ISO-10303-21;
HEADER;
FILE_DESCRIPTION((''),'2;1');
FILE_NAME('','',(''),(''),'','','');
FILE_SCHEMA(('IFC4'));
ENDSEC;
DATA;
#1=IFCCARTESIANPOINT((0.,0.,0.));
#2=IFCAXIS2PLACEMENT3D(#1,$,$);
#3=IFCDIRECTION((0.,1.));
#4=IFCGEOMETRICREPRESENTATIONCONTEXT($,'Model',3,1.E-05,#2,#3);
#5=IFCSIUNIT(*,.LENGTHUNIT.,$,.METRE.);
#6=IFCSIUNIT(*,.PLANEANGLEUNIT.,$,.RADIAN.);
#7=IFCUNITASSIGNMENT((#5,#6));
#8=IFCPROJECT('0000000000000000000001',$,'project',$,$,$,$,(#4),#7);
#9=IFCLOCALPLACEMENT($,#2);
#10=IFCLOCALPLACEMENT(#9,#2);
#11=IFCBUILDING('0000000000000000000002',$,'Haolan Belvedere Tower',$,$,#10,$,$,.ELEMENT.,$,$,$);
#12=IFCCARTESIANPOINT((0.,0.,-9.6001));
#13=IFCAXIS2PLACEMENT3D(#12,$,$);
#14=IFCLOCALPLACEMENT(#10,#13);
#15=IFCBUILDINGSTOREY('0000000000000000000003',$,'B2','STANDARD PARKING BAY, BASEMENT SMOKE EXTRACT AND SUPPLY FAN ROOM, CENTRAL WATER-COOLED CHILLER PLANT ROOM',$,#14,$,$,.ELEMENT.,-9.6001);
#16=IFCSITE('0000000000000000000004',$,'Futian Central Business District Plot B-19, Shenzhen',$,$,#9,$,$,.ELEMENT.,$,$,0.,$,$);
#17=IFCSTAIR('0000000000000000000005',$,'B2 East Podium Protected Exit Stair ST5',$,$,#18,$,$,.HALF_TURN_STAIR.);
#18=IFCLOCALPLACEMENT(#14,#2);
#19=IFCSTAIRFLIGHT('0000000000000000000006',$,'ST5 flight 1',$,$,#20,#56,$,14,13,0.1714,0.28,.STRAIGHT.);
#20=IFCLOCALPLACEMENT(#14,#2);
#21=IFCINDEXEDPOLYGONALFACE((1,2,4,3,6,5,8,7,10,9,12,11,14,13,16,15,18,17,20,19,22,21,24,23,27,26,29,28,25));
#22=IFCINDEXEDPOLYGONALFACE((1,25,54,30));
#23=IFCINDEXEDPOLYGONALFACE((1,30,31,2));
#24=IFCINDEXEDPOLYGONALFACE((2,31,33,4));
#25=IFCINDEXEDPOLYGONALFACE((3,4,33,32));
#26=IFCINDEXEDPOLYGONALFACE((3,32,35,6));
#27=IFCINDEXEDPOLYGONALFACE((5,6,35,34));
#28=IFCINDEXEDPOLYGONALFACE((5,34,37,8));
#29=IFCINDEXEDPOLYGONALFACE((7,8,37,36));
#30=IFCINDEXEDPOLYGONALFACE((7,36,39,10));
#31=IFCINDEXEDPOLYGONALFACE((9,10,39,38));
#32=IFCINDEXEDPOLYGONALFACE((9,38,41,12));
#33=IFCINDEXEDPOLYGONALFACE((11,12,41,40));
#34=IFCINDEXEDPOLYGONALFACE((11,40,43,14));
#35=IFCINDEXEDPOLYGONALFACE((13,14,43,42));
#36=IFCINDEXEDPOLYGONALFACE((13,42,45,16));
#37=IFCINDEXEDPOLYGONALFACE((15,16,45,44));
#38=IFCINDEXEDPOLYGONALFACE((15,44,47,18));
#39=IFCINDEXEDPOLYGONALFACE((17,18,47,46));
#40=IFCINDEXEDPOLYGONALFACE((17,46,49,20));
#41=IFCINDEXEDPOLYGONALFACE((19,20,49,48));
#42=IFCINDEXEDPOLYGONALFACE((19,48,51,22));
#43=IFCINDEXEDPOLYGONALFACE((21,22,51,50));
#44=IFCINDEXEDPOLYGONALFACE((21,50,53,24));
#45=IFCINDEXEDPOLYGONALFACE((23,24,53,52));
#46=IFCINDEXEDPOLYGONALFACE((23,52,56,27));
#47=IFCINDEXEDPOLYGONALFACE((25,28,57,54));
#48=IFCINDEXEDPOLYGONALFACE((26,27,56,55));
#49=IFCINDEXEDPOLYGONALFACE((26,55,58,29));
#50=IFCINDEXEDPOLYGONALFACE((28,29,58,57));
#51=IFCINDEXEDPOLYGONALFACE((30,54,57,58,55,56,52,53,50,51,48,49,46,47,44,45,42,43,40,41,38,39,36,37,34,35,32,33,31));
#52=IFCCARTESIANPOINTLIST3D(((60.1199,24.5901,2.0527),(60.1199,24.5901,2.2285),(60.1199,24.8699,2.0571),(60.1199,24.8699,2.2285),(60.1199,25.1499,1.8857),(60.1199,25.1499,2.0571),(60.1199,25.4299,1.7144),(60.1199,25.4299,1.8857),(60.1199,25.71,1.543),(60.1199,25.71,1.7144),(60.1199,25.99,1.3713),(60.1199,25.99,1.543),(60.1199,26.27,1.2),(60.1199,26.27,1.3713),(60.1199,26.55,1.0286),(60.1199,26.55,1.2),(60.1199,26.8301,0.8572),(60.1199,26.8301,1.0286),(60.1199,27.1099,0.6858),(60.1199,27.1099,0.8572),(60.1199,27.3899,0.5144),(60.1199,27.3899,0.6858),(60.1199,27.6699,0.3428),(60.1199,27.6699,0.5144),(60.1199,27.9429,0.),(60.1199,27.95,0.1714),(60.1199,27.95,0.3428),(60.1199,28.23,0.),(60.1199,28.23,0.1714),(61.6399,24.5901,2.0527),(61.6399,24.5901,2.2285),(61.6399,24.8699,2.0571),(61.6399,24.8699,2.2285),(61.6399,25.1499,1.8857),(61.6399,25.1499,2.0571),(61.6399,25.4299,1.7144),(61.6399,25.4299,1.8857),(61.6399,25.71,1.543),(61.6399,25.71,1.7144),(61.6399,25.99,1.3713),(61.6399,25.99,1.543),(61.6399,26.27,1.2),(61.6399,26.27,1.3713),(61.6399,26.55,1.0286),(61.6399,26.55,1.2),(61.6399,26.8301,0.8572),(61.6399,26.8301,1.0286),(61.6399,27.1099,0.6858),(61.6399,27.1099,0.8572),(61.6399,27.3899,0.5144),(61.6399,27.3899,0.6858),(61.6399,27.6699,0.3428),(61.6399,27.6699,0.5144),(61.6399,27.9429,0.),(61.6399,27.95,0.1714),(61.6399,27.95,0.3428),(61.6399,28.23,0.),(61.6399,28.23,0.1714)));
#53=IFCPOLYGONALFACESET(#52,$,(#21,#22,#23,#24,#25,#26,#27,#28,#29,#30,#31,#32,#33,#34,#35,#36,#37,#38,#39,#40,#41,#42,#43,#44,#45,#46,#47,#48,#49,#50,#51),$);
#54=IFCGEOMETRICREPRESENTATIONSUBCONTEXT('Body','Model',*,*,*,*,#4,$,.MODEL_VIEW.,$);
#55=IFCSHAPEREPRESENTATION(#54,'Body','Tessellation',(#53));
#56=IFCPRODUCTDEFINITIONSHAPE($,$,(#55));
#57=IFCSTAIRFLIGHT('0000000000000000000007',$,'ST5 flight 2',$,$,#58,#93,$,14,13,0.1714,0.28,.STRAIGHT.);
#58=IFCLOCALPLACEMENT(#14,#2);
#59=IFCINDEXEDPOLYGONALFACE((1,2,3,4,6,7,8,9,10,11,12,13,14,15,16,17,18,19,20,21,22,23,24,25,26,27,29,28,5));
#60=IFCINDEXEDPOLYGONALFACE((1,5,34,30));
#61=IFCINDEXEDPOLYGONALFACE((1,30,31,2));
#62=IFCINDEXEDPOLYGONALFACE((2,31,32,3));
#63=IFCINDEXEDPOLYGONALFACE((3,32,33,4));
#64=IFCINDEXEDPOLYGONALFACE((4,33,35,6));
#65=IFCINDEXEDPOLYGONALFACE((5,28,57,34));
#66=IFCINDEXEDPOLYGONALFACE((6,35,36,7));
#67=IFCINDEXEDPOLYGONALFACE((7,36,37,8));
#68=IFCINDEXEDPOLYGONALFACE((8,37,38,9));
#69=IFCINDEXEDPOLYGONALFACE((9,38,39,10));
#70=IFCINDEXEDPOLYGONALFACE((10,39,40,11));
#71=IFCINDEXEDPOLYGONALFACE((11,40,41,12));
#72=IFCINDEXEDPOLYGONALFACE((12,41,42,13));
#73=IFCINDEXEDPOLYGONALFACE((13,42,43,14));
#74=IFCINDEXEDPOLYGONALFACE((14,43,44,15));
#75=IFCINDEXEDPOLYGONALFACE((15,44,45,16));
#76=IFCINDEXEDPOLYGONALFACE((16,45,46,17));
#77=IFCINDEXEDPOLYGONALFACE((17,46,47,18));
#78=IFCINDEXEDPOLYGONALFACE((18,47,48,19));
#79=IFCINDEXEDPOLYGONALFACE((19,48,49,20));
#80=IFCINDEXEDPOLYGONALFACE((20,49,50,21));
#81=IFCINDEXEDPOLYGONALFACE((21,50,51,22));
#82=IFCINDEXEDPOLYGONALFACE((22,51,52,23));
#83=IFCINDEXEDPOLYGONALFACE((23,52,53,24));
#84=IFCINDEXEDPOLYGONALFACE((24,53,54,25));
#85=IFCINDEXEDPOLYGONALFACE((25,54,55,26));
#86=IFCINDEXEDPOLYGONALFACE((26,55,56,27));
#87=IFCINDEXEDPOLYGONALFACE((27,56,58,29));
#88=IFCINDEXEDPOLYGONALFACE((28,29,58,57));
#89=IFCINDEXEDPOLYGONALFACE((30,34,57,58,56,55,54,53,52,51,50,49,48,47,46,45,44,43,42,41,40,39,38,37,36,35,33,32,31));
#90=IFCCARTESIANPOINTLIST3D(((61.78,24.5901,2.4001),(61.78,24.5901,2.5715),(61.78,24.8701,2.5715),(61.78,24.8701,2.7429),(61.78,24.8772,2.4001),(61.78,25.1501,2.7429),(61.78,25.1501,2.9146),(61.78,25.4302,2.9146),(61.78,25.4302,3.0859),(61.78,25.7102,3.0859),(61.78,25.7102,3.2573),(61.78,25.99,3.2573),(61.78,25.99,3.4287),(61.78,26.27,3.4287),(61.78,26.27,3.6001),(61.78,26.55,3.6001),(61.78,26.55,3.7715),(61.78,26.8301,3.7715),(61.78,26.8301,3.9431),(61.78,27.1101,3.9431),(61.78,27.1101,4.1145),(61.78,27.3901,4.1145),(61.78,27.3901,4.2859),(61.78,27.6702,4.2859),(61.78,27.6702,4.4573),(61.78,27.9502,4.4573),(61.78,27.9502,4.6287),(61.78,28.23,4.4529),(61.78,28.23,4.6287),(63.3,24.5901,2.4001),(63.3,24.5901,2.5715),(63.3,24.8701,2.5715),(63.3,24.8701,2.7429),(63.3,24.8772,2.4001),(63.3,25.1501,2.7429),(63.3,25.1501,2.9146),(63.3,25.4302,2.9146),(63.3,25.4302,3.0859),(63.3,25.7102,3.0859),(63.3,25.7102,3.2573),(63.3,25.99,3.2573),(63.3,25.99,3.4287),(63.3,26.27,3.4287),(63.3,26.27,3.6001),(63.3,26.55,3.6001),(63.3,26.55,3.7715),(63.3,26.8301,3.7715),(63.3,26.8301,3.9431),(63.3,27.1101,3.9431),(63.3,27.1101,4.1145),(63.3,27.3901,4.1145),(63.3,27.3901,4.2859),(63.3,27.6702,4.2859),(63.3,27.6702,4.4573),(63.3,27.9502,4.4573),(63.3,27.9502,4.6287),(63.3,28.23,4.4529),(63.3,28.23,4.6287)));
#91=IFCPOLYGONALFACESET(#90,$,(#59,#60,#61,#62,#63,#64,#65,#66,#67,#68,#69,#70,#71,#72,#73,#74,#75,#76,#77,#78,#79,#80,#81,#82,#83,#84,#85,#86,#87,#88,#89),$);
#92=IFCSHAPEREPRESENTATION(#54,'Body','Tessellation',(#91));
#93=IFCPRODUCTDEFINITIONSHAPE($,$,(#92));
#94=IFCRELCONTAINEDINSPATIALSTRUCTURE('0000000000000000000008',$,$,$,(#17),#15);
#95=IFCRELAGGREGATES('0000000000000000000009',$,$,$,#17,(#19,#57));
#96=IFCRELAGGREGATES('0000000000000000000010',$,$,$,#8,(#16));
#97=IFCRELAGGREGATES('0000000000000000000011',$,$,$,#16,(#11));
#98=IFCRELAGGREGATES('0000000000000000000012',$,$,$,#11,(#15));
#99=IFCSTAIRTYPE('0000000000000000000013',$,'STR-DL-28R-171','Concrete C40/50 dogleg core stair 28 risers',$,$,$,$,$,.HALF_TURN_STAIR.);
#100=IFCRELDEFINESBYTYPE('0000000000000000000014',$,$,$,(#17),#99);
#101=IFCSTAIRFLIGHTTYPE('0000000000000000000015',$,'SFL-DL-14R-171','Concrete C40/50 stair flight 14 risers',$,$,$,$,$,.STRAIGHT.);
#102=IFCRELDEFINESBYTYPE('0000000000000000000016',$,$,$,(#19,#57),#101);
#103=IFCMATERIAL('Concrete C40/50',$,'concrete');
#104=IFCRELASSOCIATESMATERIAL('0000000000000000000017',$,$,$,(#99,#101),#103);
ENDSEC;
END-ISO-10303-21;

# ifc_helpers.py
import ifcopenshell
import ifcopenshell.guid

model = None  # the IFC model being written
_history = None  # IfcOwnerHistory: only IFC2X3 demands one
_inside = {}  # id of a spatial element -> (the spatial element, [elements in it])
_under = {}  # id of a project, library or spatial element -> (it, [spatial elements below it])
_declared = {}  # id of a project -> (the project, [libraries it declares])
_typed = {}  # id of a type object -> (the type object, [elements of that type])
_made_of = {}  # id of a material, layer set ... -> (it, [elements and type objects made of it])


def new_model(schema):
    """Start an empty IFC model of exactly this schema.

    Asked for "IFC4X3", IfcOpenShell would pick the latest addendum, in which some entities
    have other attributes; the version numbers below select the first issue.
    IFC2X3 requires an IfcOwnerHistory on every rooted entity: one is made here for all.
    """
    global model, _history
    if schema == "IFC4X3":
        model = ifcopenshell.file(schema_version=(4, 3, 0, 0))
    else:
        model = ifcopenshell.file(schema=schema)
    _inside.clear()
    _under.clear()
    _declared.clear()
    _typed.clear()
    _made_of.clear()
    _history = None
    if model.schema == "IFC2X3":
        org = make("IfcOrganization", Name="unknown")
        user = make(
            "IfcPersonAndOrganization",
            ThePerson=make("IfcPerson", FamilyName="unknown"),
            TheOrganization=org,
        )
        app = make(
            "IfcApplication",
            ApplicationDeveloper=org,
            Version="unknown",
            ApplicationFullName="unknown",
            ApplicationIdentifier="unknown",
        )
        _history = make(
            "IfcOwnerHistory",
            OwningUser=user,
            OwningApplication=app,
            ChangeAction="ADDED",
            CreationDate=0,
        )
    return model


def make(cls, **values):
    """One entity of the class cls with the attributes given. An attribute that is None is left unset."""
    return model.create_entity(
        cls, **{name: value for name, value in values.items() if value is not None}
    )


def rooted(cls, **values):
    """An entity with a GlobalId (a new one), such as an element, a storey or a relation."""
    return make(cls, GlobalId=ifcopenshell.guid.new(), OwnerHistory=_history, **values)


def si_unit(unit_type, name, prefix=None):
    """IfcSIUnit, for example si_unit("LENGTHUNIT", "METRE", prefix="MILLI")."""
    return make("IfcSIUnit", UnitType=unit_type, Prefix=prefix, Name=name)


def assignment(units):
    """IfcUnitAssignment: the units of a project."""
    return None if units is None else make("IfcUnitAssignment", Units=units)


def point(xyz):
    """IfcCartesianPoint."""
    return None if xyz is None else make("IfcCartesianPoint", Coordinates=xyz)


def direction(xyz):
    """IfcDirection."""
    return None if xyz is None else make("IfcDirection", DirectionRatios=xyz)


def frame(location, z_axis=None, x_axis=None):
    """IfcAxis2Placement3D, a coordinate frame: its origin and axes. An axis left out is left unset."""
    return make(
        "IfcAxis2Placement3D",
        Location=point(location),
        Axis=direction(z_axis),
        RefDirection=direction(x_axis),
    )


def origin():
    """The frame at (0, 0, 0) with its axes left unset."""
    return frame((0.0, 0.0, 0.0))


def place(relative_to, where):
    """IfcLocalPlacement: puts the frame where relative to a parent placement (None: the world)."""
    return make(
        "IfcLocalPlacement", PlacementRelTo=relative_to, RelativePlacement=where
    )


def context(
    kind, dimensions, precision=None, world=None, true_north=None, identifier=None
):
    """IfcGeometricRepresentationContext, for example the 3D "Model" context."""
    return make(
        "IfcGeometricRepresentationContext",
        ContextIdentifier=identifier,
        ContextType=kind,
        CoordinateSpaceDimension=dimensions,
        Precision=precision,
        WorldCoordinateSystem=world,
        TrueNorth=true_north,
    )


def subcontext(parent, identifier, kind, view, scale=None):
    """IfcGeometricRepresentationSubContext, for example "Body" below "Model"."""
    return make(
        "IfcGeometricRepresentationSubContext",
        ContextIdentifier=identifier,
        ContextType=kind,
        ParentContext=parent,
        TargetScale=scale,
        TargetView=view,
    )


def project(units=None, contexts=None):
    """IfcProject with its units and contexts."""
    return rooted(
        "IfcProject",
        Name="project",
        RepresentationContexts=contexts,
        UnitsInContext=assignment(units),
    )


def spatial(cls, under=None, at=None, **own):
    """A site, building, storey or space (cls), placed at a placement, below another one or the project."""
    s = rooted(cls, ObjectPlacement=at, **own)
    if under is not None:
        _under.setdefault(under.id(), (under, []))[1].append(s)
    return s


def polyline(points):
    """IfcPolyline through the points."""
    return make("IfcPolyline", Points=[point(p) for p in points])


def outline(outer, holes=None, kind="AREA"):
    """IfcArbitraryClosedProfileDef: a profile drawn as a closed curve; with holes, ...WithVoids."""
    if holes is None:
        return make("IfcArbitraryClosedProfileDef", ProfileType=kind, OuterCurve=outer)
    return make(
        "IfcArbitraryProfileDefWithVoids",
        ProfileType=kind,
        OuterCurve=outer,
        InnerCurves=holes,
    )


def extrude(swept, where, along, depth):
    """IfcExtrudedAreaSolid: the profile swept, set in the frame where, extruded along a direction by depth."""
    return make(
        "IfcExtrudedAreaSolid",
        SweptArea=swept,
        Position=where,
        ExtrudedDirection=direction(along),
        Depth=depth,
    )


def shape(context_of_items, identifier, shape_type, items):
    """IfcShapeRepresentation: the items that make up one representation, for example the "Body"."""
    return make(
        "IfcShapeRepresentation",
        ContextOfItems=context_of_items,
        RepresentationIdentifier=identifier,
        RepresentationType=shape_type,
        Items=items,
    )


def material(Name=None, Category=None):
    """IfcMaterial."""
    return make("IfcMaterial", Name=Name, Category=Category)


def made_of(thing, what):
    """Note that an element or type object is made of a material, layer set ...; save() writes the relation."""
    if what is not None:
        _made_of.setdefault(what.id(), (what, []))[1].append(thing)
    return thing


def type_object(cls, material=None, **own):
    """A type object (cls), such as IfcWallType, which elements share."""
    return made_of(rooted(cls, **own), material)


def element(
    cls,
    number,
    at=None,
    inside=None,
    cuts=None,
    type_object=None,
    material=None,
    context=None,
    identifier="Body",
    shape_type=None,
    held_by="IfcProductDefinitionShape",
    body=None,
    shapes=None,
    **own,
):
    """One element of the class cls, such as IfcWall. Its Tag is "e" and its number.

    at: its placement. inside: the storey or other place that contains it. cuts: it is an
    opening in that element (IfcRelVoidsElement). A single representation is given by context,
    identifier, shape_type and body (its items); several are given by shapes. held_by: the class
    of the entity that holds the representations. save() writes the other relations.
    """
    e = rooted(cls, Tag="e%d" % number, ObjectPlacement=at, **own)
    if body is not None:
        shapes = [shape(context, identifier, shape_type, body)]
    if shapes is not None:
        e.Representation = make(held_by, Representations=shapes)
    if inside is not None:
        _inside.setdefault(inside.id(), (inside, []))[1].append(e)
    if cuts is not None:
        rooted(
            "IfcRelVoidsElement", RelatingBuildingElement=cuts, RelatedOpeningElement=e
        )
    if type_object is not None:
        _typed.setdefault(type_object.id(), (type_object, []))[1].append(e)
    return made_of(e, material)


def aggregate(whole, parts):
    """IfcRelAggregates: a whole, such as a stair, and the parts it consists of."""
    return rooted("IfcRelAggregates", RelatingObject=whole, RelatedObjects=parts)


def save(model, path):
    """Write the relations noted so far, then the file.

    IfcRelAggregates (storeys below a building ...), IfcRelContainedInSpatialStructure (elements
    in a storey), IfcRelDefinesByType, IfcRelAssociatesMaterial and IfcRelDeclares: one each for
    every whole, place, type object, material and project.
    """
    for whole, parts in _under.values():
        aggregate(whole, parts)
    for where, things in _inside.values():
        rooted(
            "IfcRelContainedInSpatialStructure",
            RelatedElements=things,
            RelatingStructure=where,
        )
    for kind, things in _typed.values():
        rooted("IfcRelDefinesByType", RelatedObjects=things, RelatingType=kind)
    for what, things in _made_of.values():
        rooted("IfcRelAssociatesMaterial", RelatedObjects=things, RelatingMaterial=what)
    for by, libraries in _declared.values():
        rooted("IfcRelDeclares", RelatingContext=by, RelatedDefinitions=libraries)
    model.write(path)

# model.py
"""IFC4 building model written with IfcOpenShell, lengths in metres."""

from ifc_helpers import new_model, si_unit, direction, frame, origin, place, context, subcontext, project, spatial, polyline, outline, extrude, material, type_object, element, aggregate, save


model = new_model("IFC4")

# Units and contexts
model_context = context("Model", 3, precision=1e-05, world=origin(), true_north=direction((0.0, 1.0)))
body_context = subcontext(model_context, "Body", "Model", "MODEL_VIEW")
ifc_project = project(units=[si_unit("LENGTHUNIT", "METRE"), si_unit("PLANEANGLEUNIT", "RADIAN")], contexts=[model_context])

# Site, building, storey
site_placement = place(None, origin())
site = spatial("IfcSite", under=ifc_project, at=site_placement, Name="Futian Central Business District Plot B-19, Shenzhen", CompositionType="ELEMENT", RefElevation=0.0)
building_placement = place(site_placement, origin())
building = spatial("IfcBuilding", under=site, at=building_placement, Name="Haolan Belvedere Tower", CompositionType="ELEMENT")
storey_placement = place(building_placement, frame((0.0, 0.0, -9.6001)))
storey = spatial("IfcBuildingStorey", under=building, at=storey_placement, Name="B2", Description="STANDARD PARKING BAY, BASEMENT SMOKE EXTRACT AND SUPPLY FAN ROOM, CENTRAL WATER-COOLED CHILLER PLANT ROOM", CompositionType="ELEMENT", Elevation=-9.6001)

# Shared definitions
ifc_material_1 = material(Name="Concrete C40/50", Category="concrete")

# Stair, stair flights
stair_type = type_object("IfcStairType", Name="STR-DL-28R-171", Description="Concrete C40/50 dogleg core stair 28 risers", PredefinedType="HALF_TURN_STAIR", material=ifc_material_1)
stair_placement = place(storey_placement, origin())
stair = element("IfcStair", 1, at=stair_placement, inside=storey, type_object=stair_type, Name="B2 East Podium Protected Exit Stair ST5", PredefinedType="HALF_TURN_STAIR")
stair_flight_type = type_object("IfcStairFlightType", Name="SFL-DL-14R-171", Description="Concrete C40/50 stair flight 14 risers", PredefinedType="STRAIGHT", material=ifc_material_1)
stair_flight_1_placement = place(storey_placement, frame((60.8799, 28.23, 0.0), z_axis=(0.0, 0.0, 1.0), x_axis=(0.0, -1.0, 0.0)))
stair_flight_1 = element("IfcStairFlight", 2, at=stair_flight_1_placement, type_object=stair_flight_type, Name="ST5 flight 1", NumberOfRisers=14, NumberOfTreads=13, PredefinedType="STRAIGHT", RiserHeight=0.1714, TreadLength=0.28, context=body_context, shape_type="SweptSolid", body=[
    extrude(outline(polyline([(0.0, 0.0), (0.0, 0.1714), (0.28, 0.1714), (0.28, 0.3428), (0.5601, 0.3428), (0.5601, 0.5144), (0.8401, 0.5144), (0.8401, 0.6858), (1.1201, 0.6858), (1.1201, 0.8572), (1.3999, 0.8572), (1.3999, 1.0286), (1.6799, 1.0286), (1.6799, 1.2), (1.96, 1.2), (1.96, 1.3713), (2.24, 1.3713), (2.24, 1.543), (2.52, 1.543), (2.52, 1.7144), (2.8, 1.7144), (2.8, 1.8857), (3.0801, 1.8857), (3.0801, 2.0571), (3.3601, 2.0571), (3.3601, 2.2285), (3.6399, 2.2285), (3.6399, 2.3999), (3.6399, 2.0527), (0.2871, 0.0), (0.0, 0.0)])), frame((0.0, 0.76, 0.0), z_axis=(0.0, -1.0, 0.0), x_axis=(1.0, 0.0, 0.0)), (0.0, 0.0, 1.0), 1.52),
])
stair_flight_2_placement = place(storey_placement, frame((62.54, 24.5901, 2.4001), z_axis=(0.0, 0.0, 1.0), x_axis=(0.0, 1.0, 0.0)))
stair_flight_2 = element("IfcStairFlight", 3, at=stair_flight_2_placement, type_object=stair_flight_type, Name="ST5 flight 2", NumberOfRisers=14, NumberOfTreads=13, PredefinedType="STRAIGHT", RiserHeight=0.1714, TreadLength=0.28, context=body_context, shape_type="SweptSolid", body=[
    extrude(outline(polyline([(0.0, 0.0), (0.0, 0.1714), (0.28, 0.1714), (0.28, 0.3428), (0.5601, 0.3428), (0.5601, 0.5144), (0.8401, 0.5144), (0.8401, 0.6858), (1.1201, 0.6858), (1.1201, 0.8572), (1.3999, 0.8572), (1.3999, 1.0286), (1.6799, 1.0286), (1.6799, 1.2), (1.96, 1.2), (1.96, 1.3713), (2.24, 1.3713), (2.24, 1.543), (2.52, 1.543), (2.52, 1.7144), (2.8, 1.7144), (2.8, 1.8857), (3.0801, 1.8857), (3.0801, 2.0571), (3.3601, 2.0571), (3.3601, 2.2285), (3.6399, 2.2285), (3.6399, 2.3999), (3.6399, 2.0527), (0.2871, 0.0), (0.0, 0.0)])), frame((0.0, 0.76, 0.0), z_axis=(0.0, -1.0, 0.0), x_axis=(1.0, 0.0, 0.0)), (0.0, 0.0, 1.0), 1.52),
])
aggregate(stair, [stair_flight_1, stair_flight_2])

save(model, "model.ifc")
